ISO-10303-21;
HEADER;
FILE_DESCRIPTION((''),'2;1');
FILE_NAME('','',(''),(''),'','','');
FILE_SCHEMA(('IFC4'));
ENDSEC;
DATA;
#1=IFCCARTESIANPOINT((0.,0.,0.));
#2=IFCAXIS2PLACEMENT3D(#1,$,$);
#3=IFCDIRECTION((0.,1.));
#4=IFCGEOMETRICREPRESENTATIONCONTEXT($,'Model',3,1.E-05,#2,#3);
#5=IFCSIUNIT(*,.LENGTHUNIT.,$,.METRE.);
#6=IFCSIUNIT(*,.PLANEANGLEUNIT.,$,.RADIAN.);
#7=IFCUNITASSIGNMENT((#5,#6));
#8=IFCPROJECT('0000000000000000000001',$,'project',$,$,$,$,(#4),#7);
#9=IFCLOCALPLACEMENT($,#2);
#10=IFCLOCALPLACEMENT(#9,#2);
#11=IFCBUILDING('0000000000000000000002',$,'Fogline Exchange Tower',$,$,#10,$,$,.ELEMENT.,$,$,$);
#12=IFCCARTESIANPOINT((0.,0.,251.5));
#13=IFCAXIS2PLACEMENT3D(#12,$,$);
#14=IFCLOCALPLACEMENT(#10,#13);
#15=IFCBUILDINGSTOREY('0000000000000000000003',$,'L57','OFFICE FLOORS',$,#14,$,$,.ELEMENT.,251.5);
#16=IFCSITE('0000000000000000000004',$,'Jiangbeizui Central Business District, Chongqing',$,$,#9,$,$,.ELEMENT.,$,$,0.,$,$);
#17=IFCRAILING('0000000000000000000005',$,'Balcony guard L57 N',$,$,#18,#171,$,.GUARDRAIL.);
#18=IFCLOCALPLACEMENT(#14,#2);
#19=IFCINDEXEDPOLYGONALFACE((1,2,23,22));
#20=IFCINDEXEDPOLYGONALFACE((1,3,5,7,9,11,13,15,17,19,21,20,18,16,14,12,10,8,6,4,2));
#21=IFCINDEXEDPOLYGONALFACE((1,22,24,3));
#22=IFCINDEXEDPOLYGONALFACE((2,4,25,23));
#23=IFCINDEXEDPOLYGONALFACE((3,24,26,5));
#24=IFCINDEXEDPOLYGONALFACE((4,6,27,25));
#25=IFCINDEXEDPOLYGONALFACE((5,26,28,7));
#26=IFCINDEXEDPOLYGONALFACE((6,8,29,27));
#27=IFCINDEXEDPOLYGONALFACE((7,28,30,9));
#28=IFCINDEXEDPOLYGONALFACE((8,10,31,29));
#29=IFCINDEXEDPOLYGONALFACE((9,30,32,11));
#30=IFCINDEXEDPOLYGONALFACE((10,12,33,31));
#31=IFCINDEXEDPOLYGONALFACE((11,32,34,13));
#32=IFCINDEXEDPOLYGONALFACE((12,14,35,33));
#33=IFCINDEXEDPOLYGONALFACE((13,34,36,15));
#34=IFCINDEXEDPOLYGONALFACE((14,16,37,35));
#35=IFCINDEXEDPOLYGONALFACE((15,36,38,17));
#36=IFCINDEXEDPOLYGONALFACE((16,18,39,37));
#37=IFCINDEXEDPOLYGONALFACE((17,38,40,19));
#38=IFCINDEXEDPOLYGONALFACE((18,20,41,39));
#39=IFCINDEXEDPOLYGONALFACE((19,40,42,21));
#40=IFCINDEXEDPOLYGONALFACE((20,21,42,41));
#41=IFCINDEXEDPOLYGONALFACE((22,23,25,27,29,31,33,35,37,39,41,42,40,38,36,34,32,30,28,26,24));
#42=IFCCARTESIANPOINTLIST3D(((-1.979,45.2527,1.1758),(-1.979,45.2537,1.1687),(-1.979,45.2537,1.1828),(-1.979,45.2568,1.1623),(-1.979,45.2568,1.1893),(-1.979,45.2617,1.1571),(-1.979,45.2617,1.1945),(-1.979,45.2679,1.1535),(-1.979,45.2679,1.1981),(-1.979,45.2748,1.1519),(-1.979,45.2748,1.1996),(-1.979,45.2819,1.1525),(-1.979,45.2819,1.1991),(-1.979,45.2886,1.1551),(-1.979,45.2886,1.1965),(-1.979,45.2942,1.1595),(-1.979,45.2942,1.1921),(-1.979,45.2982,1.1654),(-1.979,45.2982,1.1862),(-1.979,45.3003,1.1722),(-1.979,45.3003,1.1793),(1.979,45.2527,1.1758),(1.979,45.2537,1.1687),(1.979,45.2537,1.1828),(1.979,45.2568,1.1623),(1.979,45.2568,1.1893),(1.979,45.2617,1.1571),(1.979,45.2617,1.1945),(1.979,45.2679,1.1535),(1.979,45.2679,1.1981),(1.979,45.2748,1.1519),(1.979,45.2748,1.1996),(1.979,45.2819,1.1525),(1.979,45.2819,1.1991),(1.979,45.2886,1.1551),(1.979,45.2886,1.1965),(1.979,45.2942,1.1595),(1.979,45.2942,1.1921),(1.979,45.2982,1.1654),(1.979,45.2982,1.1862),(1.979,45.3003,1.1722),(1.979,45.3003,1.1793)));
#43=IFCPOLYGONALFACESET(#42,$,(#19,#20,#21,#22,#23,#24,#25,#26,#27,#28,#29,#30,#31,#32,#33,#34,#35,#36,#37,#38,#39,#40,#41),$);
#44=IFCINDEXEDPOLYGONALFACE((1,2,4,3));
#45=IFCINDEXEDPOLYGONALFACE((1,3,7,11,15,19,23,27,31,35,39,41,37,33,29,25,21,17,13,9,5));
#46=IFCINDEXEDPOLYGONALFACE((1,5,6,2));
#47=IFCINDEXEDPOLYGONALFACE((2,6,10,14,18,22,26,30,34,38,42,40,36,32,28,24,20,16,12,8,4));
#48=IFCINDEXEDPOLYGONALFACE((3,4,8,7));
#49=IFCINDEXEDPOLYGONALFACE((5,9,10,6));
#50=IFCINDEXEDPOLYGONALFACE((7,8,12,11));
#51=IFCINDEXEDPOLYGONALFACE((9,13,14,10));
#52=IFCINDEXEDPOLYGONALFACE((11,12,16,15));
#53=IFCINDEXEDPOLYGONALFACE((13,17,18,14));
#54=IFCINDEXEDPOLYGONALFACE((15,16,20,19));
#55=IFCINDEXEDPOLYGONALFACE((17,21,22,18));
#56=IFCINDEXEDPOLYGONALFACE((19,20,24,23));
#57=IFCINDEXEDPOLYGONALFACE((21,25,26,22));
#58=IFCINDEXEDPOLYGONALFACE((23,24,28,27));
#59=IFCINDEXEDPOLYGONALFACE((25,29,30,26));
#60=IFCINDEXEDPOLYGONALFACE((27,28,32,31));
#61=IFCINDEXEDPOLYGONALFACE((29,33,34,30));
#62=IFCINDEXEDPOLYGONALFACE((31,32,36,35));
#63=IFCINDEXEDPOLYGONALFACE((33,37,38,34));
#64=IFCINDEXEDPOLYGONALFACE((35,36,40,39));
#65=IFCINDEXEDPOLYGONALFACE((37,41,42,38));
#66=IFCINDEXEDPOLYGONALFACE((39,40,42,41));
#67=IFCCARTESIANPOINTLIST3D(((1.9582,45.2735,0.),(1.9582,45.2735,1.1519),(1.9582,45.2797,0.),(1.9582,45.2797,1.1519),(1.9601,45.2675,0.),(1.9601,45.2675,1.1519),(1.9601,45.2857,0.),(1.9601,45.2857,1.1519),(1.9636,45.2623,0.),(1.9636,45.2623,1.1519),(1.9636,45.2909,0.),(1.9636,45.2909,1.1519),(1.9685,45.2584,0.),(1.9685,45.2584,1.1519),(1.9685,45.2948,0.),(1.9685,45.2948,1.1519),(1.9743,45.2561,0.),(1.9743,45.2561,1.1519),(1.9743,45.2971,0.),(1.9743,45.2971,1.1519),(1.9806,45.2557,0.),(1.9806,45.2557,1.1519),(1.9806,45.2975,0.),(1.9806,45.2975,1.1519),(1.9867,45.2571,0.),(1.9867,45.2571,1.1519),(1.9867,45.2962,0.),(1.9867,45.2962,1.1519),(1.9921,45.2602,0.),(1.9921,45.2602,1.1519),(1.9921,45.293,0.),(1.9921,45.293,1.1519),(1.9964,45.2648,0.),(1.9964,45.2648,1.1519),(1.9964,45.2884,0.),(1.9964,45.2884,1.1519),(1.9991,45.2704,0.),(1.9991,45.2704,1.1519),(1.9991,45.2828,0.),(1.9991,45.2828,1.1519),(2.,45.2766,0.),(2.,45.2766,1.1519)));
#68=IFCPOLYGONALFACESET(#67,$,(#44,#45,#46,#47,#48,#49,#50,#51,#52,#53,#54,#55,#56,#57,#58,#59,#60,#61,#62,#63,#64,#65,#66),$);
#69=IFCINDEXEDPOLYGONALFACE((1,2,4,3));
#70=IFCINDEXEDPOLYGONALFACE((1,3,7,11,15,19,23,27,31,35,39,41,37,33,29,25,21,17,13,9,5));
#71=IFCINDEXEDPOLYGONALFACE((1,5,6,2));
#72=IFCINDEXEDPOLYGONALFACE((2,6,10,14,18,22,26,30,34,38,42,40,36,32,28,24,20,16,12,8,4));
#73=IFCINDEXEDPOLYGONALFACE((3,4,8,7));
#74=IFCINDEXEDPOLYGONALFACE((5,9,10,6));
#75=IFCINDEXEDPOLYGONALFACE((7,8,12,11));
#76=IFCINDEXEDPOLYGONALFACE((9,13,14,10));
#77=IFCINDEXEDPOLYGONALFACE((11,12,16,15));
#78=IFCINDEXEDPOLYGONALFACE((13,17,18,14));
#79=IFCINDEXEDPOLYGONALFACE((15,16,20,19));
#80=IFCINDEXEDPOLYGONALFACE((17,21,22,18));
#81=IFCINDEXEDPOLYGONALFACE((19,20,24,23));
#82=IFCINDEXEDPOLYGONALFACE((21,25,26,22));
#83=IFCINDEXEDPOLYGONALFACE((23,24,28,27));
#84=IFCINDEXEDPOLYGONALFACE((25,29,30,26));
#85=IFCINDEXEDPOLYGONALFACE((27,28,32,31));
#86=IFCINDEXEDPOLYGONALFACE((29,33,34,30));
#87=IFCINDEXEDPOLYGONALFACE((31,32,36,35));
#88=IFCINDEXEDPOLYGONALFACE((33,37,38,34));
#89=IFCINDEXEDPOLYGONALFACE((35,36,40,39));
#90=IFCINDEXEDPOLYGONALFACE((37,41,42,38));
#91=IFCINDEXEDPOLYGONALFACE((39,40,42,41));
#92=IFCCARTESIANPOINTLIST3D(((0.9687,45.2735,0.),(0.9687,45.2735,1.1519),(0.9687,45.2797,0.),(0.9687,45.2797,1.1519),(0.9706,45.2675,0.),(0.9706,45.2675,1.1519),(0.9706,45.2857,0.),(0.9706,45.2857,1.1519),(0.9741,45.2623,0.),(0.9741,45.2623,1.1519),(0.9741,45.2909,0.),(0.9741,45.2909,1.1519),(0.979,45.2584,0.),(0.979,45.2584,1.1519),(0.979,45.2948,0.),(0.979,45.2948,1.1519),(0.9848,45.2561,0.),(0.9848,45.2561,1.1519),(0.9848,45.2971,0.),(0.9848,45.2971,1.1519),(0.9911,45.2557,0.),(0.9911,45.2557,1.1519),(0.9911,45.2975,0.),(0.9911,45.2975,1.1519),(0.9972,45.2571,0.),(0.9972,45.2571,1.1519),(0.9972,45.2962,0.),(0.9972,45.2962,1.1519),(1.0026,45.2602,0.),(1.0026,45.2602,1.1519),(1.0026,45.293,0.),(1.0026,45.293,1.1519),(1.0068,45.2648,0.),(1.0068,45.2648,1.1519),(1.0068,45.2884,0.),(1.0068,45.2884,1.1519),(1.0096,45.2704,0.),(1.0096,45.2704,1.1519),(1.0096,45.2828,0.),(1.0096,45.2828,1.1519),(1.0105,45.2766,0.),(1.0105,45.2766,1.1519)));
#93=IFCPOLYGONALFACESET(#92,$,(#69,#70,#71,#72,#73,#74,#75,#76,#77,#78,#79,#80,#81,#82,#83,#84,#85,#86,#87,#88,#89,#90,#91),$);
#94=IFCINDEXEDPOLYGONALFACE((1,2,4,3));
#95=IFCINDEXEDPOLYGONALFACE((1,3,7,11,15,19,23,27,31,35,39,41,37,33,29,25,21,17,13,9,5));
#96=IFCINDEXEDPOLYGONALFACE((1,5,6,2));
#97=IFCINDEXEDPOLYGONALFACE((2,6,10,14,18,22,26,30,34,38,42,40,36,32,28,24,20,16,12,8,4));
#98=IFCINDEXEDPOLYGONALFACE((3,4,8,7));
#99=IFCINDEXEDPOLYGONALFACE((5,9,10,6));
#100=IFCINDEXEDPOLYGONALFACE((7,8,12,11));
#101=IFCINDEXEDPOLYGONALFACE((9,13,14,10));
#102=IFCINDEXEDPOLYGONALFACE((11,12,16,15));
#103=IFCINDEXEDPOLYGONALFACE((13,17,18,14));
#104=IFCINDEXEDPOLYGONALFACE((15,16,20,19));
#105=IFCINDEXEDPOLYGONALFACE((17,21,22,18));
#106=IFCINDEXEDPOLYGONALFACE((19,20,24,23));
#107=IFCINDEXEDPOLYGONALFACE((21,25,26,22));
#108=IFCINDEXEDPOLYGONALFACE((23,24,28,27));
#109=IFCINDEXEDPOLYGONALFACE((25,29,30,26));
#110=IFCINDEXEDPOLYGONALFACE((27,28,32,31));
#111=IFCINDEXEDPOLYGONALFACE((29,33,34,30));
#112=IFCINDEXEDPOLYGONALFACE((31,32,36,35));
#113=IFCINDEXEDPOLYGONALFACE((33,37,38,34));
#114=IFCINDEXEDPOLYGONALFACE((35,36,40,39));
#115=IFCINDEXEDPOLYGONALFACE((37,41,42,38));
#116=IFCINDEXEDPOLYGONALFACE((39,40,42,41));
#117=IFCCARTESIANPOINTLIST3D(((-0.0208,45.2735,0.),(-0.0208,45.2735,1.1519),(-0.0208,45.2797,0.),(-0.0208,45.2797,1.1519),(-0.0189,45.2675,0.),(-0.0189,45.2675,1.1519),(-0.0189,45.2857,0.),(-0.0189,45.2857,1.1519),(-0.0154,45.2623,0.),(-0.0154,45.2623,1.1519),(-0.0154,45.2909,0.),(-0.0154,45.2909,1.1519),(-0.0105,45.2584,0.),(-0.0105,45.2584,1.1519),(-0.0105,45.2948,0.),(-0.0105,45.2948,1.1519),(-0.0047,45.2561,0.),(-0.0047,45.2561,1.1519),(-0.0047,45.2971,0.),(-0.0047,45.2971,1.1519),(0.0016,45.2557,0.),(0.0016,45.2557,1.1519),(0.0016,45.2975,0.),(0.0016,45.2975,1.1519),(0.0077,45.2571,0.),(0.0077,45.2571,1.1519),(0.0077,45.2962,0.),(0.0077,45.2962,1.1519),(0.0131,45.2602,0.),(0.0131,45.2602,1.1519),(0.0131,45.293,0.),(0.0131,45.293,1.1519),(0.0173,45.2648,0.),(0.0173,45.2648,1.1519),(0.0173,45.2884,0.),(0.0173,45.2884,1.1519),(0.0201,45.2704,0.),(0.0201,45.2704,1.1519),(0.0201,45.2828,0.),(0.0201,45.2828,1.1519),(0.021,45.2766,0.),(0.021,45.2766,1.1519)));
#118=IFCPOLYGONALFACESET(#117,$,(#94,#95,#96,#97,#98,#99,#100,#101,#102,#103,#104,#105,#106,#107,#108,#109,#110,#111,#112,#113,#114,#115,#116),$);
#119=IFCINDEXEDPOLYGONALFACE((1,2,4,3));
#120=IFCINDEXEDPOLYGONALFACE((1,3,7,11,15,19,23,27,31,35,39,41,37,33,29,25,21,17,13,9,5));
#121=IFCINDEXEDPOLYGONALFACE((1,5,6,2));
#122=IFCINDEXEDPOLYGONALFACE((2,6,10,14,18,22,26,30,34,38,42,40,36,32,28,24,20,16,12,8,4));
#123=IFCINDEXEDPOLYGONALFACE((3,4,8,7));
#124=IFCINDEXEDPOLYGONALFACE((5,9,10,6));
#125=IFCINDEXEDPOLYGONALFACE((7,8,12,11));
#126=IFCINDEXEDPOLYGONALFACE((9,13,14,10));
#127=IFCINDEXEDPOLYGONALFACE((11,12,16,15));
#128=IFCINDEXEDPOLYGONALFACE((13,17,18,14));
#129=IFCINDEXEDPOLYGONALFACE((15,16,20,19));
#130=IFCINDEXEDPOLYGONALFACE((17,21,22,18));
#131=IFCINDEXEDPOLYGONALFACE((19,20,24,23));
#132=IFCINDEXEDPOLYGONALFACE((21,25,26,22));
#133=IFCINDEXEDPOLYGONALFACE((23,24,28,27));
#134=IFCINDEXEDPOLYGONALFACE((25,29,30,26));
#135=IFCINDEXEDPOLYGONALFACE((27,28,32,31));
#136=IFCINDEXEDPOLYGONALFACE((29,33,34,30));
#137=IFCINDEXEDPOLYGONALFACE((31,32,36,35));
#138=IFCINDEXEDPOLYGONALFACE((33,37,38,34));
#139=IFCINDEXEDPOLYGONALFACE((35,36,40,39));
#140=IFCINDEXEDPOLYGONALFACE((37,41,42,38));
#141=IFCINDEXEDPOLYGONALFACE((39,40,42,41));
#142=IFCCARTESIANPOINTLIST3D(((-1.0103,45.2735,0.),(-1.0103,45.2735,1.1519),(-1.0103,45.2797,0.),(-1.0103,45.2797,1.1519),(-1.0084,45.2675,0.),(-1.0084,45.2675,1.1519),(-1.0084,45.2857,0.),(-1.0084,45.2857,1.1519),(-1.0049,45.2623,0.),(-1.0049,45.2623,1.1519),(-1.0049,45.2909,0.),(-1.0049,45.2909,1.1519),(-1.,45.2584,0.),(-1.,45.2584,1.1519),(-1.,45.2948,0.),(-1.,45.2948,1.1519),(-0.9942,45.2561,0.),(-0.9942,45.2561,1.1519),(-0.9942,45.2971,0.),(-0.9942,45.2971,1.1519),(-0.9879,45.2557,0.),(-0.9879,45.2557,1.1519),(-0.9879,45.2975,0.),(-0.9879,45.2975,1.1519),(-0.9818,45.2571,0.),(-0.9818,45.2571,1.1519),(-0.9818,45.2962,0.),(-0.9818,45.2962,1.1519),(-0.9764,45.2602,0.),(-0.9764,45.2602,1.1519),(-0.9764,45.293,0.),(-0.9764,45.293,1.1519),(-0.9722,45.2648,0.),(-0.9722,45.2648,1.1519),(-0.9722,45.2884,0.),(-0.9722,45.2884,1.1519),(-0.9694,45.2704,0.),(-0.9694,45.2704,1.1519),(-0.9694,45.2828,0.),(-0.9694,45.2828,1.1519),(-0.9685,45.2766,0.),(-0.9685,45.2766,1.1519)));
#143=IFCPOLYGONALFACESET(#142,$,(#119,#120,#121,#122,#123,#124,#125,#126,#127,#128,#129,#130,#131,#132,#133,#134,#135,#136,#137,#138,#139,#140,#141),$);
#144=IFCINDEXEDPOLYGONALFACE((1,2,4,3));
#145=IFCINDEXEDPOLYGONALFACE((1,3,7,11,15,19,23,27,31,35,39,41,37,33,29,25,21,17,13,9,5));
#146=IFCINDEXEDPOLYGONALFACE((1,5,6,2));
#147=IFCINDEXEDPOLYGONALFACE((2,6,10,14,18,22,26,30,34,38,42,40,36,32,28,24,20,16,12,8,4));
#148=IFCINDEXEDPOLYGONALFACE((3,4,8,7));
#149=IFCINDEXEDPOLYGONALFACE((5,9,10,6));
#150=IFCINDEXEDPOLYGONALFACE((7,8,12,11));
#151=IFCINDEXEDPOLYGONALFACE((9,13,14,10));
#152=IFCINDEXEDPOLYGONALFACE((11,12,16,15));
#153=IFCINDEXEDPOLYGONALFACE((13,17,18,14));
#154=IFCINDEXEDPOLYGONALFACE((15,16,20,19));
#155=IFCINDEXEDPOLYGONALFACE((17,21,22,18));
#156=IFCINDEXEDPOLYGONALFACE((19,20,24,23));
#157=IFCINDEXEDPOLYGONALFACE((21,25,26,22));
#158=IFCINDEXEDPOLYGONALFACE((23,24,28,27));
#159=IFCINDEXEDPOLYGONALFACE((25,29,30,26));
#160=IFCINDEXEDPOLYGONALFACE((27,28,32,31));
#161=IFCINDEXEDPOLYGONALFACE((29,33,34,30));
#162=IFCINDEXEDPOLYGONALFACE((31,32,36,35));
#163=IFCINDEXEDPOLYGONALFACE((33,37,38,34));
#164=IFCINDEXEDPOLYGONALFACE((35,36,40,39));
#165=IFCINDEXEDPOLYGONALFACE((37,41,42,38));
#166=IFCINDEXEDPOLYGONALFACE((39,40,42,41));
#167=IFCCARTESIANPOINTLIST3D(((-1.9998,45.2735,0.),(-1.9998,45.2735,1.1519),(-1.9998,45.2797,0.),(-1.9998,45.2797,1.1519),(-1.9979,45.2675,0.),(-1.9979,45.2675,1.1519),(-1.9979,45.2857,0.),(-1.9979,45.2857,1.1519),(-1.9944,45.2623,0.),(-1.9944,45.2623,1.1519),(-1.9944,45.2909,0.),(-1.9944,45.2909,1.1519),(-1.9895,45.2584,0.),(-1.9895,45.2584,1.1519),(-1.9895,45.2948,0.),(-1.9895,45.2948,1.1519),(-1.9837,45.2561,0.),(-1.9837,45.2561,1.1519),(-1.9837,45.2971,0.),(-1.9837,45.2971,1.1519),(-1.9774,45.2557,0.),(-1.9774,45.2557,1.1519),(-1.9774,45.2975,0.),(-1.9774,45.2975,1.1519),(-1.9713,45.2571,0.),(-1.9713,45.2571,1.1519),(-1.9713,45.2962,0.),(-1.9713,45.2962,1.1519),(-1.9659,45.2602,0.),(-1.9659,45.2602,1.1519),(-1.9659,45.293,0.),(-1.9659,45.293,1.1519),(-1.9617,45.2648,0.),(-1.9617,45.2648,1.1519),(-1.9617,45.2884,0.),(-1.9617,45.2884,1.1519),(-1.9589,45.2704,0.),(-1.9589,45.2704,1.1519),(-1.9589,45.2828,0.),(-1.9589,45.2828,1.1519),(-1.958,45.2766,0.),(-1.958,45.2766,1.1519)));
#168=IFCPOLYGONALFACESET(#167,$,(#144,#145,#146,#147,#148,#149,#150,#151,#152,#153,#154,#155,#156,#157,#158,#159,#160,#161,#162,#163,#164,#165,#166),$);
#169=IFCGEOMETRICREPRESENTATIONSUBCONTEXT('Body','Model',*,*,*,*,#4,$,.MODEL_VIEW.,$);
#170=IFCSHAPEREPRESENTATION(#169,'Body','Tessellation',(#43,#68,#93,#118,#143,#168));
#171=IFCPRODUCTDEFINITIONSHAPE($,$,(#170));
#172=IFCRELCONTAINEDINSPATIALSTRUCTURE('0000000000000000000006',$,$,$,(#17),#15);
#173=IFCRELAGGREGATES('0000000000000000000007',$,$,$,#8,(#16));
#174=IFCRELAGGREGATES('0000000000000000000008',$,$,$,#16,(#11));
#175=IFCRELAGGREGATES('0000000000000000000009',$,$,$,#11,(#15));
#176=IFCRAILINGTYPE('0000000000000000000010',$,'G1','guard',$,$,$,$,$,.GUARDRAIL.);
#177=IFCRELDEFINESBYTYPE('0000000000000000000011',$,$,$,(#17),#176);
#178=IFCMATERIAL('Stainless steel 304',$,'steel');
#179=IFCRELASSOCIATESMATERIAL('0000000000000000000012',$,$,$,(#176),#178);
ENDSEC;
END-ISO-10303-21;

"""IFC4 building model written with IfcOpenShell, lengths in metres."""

from ifc_helpers import new_model, si_unit, direction, frame, origin, origin_2d, place, context, subcontext, project, spatial, circle, extrude, material, type_object, element, save


model = new_model("IFC4")

# Units and contexts
model_context = context("Model", 3, precision=1e-05, world=origin(), true_north=direction((0.0, 1.0)))
body_context = subcontext(model_context, "Body", "Model", "MODEL_VIEW")
ifc_project = project(units=[si_unit("LENGTHUNIT", "METRE"), si_unit("PLANEANGLEUNIT", "RADIAN")], contexts=[model_context])

# Site, building, storey
site_placement = place(None, origin())
site = spatial("IfcSite", under=ifc_project, at=site_placement, Name="Jiangbeizui Central Business District, Chongqing", CompositionType="ELEMENT", RefElevation=0.0)
building_placement = place(site_placement, origin())
building = spatial("IfcBuilding", under=site, at=building_placement, Name="Fogline Exchange Tower", CompositionType="ELEMENT")
storey_placement = place(building_placement, frame((0.0, 0.0, 251.5)))
storey = spatial("IfcBuildingStorey", under=building, at=storey_placement, Name="L57", Description="OFFICE FLOORS", CompositionType="ELEMENT", Elevation=251.5)

# Railing
ifc_material_1 = material(Name="Stainless steel 304", Category="steel")
railing_type = type_object("IfcRailingType", Name="G1", Description="guard", PredefinedType="GUARDRAIL", material=ifc_material_1)
railing_placement = place(storey_placement, frame((1.979, 45.2766, 0.0)))
element("IfcRailing", 1, at=railing_placement, inside=storey, type_object=railing_type, Name="Balcony guard L57 N", PredefinedType="GUARDRAIL", context=body_context, shape_type="SweptSolid", body=[
    extrude(circle(Radius=0.0239, at=origin_2d()), frame((0.0, 0.0, 1.1758), z_axis=(-1.0, 0.0, 0.0), x_axis=(0.0, -1.0, 0.0)), (0.0, 0.0, 1.0), 3.958),
    extrude(circle(Radius=0.021, at=origin_2d()), origin(), (0.0, 0.0, 1.0), 1.1519),
    extrude(circle(Radius=0.021, at=origin_2d()), frame((-0.9895, 0.0, 0.0)), (0.0, 0.0, 1.0), 1.1519),
    extrude(circle(Radius=0.021, at=origin_2d()), frame((-1.979, 0.0, 0.0)), (0.0, 0.0, 1.0), 1.1519),
    extrude(circle(Radius=0.021, at=origin_2d()), frame((-2.9685, 0.0, 0.0)), (0.0, 0.0, 1.0), 1.1519),
    extrude(circle(Radius=0.021, at=origin_2d()), frame((-3.958, 0.0, 0.0)), (0.0, 0.0, 1.0), 1.1519),
])

save(model, "model.ifc")
